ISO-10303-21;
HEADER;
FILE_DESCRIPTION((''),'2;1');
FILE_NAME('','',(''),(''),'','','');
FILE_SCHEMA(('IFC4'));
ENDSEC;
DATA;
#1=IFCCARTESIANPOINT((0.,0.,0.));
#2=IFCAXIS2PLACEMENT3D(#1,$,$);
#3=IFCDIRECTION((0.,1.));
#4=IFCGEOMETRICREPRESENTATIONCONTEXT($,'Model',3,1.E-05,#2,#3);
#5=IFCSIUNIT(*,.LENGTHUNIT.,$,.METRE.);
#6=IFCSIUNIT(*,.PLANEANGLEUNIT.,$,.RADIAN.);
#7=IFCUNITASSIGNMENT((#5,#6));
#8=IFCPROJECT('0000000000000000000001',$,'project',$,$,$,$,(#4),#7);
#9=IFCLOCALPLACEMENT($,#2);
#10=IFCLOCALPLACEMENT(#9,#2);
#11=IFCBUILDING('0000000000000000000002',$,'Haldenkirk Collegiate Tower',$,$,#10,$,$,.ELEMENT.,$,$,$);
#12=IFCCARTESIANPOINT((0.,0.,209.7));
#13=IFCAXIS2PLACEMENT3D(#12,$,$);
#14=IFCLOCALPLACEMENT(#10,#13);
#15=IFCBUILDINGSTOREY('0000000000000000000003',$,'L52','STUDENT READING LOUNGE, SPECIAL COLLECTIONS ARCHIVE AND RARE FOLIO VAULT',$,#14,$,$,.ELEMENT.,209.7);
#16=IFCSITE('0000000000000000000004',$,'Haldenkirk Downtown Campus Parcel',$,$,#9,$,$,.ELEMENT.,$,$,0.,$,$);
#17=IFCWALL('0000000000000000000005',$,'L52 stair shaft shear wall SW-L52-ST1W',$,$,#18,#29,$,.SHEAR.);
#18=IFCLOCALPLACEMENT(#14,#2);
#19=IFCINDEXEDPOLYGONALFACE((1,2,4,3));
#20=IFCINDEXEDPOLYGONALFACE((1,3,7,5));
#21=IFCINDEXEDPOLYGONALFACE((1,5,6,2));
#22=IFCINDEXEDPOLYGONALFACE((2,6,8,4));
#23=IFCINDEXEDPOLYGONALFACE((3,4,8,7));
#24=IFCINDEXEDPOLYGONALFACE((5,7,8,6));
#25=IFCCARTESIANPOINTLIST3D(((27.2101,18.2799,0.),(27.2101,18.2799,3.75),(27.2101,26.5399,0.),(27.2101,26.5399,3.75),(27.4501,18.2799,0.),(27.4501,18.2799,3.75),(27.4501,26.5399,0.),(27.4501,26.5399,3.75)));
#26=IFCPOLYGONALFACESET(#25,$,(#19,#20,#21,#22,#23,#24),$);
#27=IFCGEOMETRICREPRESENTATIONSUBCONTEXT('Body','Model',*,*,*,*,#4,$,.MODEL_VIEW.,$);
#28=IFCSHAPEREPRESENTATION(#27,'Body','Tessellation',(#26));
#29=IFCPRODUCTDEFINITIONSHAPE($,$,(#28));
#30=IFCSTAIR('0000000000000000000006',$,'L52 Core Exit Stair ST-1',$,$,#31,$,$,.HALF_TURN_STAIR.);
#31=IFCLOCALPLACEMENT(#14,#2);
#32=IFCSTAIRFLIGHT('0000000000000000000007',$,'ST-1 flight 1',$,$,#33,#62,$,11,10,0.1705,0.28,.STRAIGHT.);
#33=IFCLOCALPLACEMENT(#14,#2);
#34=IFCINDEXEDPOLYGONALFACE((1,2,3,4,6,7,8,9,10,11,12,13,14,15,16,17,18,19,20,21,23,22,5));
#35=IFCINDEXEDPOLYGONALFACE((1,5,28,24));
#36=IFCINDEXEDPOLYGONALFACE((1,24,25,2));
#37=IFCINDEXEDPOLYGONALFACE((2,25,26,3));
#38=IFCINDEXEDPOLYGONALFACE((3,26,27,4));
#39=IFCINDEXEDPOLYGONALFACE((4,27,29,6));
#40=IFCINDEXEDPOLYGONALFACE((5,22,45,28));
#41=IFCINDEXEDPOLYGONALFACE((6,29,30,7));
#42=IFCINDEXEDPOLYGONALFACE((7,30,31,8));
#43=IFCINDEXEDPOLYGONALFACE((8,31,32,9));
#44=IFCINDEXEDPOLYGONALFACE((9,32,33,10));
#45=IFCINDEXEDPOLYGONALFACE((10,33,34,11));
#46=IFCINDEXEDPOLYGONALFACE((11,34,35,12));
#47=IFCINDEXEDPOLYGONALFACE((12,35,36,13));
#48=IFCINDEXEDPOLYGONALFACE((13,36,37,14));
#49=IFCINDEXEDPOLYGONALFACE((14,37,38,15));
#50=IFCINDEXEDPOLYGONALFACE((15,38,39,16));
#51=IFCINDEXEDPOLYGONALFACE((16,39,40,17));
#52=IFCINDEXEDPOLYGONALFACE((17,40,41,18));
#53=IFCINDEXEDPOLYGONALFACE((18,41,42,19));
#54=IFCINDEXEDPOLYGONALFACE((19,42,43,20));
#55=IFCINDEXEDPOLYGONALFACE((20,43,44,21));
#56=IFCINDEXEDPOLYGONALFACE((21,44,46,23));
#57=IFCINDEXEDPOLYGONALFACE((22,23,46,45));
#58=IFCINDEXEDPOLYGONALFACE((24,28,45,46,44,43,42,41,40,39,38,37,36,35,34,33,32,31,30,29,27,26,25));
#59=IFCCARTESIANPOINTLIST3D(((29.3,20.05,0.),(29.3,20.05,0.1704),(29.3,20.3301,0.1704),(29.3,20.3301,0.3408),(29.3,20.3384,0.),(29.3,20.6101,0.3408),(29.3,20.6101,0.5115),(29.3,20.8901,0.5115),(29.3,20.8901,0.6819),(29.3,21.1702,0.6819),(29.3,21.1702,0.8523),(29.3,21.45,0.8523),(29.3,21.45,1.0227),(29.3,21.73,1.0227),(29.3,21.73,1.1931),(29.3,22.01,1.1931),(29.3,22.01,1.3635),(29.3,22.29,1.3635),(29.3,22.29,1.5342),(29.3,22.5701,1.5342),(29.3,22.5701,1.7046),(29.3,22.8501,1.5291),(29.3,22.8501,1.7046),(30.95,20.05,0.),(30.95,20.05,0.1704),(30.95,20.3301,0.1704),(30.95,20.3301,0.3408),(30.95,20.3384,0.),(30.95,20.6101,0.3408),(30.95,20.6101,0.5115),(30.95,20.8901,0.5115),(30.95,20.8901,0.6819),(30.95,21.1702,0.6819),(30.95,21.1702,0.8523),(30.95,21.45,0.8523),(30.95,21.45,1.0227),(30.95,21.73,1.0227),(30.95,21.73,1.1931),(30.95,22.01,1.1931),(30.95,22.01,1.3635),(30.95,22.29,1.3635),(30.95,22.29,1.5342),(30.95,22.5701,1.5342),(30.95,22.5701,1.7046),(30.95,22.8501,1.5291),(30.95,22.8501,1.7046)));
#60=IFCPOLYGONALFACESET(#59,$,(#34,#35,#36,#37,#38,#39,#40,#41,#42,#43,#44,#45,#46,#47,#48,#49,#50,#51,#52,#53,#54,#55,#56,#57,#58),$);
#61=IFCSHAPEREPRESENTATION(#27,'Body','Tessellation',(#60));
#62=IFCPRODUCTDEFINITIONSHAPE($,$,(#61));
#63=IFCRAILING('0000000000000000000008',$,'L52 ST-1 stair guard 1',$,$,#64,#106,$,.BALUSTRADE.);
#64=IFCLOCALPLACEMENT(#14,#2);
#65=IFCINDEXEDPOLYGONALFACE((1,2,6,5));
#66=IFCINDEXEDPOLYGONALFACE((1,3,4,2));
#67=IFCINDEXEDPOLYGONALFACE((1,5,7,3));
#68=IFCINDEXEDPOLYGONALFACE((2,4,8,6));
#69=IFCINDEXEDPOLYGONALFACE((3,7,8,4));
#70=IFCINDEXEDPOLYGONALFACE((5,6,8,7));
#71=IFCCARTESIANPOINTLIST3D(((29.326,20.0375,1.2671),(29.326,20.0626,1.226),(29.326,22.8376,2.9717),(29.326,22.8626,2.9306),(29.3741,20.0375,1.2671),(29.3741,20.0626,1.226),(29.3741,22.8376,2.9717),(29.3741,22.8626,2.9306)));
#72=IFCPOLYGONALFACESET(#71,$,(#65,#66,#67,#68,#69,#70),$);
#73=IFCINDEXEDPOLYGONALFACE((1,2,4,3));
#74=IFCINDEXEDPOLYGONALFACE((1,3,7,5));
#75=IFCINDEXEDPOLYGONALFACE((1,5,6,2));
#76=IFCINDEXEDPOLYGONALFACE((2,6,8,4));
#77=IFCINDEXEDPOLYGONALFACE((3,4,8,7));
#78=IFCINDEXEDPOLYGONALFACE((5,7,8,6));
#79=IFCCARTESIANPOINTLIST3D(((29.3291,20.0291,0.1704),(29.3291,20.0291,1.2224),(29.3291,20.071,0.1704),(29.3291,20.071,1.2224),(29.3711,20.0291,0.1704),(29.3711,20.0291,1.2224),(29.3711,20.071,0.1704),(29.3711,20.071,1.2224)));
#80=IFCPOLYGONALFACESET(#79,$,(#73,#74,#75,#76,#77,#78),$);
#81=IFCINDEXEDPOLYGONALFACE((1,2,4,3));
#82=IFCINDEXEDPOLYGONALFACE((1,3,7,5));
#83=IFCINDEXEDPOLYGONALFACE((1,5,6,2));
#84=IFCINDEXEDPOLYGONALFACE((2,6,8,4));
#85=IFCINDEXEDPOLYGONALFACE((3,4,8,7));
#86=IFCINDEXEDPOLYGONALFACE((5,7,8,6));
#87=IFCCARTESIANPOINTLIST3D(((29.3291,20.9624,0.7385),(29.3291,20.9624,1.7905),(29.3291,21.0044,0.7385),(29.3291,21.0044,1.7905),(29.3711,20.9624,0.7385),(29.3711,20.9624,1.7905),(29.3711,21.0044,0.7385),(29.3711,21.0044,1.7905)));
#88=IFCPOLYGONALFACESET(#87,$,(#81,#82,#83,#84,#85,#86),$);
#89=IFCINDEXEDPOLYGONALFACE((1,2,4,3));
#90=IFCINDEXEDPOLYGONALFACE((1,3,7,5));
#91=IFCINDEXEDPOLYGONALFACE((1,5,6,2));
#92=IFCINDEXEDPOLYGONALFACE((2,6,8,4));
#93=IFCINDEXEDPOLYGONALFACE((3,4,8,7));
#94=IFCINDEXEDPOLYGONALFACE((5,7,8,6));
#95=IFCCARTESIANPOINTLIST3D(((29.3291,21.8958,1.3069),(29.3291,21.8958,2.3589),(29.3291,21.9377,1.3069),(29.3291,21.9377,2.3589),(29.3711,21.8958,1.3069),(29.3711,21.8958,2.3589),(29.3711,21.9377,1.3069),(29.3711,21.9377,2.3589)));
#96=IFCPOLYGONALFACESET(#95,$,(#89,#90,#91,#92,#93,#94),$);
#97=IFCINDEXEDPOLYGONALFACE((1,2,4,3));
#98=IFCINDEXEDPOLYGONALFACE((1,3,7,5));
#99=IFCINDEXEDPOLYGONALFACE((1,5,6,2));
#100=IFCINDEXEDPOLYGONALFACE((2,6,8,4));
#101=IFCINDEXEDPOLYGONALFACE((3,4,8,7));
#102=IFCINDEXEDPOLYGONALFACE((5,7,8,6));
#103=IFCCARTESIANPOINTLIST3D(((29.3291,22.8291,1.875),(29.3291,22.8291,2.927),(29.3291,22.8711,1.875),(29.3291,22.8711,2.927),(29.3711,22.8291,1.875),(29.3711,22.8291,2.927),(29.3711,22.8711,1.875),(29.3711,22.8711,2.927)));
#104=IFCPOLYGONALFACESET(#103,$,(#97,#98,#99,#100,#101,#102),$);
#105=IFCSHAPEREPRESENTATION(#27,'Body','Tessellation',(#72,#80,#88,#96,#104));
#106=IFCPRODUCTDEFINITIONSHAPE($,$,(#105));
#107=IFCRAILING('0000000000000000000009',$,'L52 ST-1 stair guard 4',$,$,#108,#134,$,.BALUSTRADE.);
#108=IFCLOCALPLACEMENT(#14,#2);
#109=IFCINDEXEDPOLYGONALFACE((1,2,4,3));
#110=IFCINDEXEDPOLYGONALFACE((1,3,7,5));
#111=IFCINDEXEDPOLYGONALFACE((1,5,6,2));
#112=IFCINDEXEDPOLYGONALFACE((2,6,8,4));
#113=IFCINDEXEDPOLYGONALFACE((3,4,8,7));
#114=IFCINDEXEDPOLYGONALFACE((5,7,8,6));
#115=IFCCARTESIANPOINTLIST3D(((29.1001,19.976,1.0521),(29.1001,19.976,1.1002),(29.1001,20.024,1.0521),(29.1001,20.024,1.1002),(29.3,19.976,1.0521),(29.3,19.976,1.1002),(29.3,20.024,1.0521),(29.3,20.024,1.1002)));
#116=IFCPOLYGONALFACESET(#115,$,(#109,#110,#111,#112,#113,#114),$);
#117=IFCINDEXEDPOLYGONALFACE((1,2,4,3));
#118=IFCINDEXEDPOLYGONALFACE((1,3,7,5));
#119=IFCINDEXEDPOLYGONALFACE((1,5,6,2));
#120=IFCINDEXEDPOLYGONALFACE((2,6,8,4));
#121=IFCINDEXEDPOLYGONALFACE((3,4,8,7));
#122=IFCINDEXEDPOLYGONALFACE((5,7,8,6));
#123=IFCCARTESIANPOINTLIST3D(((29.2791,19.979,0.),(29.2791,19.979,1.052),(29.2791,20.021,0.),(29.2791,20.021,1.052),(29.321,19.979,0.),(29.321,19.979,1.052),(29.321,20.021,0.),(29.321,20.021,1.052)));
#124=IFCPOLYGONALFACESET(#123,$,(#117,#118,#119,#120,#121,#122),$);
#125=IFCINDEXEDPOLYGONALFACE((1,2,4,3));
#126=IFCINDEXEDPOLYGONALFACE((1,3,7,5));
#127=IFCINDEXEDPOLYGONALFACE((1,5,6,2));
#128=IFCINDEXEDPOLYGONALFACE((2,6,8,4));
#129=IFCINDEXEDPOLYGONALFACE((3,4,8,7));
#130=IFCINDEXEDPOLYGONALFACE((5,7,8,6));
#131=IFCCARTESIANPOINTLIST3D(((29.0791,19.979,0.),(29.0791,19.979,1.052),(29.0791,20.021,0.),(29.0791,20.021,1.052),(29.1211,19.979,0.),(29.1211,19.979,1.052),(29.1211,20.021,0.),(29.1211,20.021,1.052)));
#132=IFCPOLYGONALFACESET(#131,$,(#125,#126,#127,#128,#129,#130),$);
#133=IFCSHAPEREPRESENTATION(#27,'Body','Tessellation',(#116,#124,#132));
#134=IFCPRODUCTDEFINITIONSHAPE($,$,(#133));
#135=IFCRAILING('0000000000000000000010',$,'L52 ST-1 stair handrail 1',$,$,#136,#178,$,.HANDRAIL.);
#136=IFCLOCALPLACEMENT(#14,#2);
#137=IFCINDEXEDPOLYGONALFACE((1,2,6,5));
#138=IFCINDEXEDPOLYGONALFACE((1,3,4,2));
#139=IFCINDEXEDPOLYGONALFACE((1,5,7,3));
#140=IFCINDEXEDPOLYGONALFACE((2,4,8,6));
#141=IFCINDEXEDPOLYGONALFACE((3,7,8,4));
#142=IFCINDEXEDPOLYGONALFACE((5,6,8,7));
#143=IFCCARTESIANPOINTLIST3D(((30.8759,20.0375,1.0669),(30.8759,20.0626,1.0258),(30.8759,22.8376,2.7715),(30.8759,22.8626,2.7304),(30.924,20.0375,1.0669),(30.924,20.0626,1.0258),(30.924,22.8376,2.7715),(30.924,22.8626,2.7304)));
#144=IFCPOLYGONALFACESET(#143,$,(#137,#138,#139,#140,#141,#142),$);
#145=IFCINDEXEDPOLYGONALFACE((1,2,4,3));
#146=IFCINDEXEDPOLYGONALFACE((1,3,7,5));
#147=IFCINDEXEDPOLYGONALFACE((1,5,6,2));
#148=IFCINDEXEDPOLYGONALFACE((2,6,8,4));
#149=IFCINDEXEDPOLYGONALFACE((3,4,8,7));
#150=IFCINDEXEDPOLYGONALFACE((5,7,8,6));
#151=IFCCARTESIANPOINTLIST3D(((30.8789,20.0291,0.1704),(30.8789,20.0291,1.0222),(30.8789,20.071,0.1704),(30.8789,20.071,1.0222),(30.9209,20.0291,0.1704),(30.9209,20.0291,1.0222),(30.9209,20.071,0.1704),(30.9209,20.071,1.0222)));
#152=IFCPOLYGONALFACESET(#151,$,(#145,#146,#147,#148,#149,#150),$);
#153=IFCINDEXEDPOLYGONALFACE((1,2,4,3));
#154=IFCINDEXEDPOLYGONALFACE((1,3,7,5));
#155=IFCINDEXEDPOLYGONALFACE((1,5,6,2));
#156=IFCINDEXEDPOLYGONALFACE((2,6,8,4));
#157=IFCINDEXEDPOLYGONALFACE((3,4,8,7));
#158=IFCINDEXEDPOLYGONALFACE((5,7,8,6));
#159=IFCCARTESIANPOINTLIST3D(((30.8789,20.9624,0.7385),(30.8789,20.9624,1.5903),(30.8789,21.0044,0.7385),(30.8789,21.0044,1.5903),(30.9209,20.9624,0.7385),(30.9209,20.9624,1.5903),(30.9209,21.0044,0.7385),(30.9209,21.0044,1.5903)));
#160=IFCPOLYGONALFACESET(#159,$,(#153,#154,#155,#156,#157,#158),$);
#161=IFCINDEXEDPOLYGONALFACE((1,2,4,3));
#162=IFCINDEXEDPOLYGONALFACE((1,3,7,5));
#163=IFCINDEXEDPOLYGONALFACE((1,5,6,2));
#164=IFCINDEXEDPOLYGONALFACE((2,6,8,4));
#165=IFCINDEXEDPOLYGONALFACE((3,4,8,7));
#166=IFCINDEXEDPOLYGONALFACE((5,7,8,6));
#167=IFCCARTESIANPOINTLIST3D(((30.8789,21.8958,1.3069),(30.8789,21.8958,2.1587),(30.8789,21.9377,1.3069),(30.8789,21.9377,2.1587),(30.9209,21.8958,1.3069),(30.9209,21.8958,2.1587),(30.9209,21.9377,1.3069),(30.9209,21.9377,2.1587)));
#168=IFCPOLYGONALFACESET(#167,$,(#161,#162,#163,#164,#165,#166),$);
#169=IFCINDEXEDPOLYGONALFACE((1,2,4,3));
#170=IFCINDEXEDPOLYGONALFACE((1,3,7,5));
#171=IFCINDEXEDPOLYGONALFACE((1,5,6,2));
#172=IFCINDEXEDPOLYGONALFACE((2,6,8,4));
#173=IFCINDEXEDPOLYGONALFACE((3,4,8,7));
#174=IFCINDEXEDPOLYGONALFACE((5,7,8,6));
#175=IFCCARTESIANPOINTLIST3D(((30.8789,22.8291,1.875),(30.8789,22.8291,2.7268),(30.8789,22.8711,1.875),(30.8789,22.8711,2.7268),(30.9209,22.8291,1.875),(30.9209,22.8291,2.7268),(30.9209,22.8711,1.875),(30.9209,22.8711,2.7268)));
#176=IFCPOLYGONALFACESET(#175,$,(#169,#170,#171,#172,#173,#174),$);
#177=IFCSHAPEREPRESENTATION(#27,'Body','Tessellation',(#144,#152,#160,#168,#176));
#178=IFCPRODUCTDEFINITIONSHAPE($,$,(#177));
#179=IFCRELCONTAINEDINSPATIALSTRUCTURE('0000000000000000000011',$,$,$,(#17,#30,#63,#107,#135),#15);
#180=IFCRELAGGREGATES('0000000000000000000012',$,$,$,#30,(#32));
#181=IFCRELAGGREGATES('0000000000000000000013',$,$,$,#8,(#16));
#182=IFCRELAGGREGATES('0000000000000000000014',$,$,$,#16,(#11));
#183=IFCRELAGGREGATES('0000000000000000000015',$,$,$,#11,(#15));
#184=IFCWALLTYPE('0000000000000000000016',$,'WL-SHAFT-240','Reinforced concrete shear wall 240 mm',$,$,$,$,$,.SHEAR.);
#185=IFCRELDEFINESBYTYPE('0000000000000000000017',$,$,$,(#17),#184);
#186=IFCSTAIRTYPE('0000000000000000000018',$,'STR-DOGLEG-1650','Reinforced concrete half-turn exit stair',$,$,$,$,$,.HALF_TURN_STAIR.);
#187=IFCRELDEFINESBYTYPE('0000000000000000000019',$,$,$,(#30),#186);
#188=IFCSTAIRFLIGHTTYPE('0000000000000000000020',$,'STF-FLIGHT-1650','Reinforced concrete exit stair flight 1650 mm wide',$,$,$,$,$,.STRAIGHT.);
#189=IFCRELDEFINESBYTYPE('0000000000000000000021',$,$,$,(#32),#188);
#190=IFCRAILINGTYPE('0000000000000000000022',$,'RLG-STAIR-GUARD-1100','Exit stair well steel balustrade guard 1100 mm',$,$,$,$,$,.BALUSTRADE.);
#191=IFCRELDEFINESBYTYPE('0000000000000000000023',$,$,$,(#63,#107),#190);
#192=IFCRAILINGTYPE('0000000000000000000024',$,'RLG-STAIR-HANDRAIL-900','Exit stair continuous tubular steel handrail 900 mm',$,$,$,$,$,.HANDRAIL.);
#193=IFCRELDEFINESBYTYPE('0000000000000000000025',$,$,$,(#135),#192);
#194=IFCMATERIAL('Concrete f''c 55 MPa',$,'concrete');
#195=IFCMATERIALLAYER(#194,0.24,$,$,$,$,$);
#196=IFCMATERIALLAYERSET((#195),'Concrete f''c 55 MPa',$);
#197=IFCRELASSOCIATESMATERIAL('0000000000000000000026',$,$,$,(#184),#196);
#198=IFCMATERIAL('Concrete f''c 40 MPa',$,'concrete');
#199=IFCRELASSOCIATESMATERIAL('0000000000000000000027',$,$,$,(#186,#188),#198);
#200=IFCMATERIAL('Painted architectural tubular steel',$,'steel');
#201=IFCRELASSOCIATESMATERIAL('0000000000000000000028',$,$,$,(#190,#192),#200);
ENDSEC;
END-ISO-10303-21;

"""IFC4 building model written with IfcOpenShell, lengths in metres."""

from ifc_helpers import new_model, si_unit, direction, frame, frame_2d, origin, origin_2d, place, context, subcontext, project, spatial, polyline, rectangle, outline, extrude, material, layer, layer_set, type_object, element, aggregate, save


model = new_model("IFC4")

# Units and contexts
model_context = context("Model", 3, precision=1e-05, world=origin(), true_north=direction((0.0, 1.0)))
body_context = subcontext(model_context, "Body", "Model", "MODEL_VIEW")
ifc_project = project(units=[si_unit("LENGTHUNIT", "METRE"), si_unit("PLANEANGLEUNIT", "RADIAN")], contexts=[model_context])

# Site, building, storey
site_placement = place(None, origin())
site = spatial("IfcSite", under=ifc_project, at=site_placement, Name="Haldenkirk Downtown Campus Parcel", CompositionType="ELEMENT", RefElevation=0.0)
building_placement = place(site_placement, origin())
building = spatial("IfcBuilding", under=site, at=building_placement, Name="Haldenkirk Collegiate Tower", CompositionType="ELEMENT")
storey_placement = place(building_placement, frame((0.0, 0.0, 209.7)))
storey = spatial("IfcBuildingStorey", under=building, at=storey_placement, Name="L52", Description="STUDENT READING LOUNGE, SPECIAL COLLECTIONS ARCHIVE AND RARE FOLIO VAULT", CompositionType="ELEMENT", Elevation=209.7)

# Shared definitions
ifc_material_1 = material(Name="Concrete f'c 55 MPa", Category="concrete")

# Shared definitions
ifc_layer_1 = layer(ifc_material_1, 0.24)
ifc_layer_set_1 = layer_set([ifc_layer_1], Name="Concrete f'c 55 MPa")
wall_type_1 = type_object("IfcWallType", Name="WL-SHAFT-240", Description="Reinforced concrete shear wall 240 mm", PredefinedType="SHEAR", material=ifc_layer_set_1)

# Wall
wall_1_placement = place(storey_placement, frame((27.3301, 18.28, 0.0), z_axis=(0.0, 0.0, 1.0), x_axis=(0.0, 1.0, 0.0)))
element("IfcWall", 1, at=wall_1_placement, inside=storey, type_object=wall_type_1, Name="L52 stair shaft shear wall SW-L52-ST1W", PredefinedType="SHEAR", context=body_context, shape_type="SweptSolid", body=[
    extrude(rectangle(XDim=8.26, YDim=0.24, at=frame_2d((4.1299, 0.0))), origin(), (0.0, 0.0, 1.0), 3.75),
])

# Stair, stair flight
ifc_material_2 = material(Name="Concrete f'c 40 MPa", Category="concrete")
stair_type = type_object("IfcStairType", Name="STR-DOGLEG-1650", Description="Reinforced concrete half-turn exit stair", PredefinedType="HALF_TURN_STAIR", material=ifc_material_2)
stair_placement = place(storey_placement, origin())
stair = element("IfcStair", 2, at=stair_placement, inside=storey, type_object=stair_type, Name="L52 Core Exit Stair ST-1", PredefinedType="HALF_TURN_STAIR")
stair_flight_type = type_object("IfcStairFlightType", Name="STF-FLIGHT-1650", Description="Reinforced concrete exit stair flight 1650 mm wide", PredefinedType="STRAIGHT", material=ifc_material_2)
stair_flight_placement = place(storey_placement, frame((30.125, 20.05, 0.0), z_axis=(0.0, 0.0, 1.0), x_axis=(0.0, 1.0, 0.0)))
stair_flight = element("IfcStairFlight", 3, at=stair_flight_placement, type_object=stair_flight_type, Name="ST-1 flight 1", NumberOfRisers=11, NumberOfTreads=10, PredefinedType="STRAIGHT", RiserHeight=0.1705, TreadLength=0.28, context=body_context, shape_type="SweptSolid", body=[
    extrude(outline(polyline([(0.0, 0.0), (0.0, 0.1704), (0.28, 0.1704), (0.28, 0.3408), (0.5601, 0.3408), (0.5601, 0.5115), (0.8401, 0.5115), (0.8401, 0.6819), (1.1201, 0.6819), (1.1201, 0.8523), (1.3999, 0.8523), (1.3999, 1.0227), (1.6799, 1.0227), (1.6799, 1.1931), (1.96, 1.1931), (1.96, 1.3635), (2.24, 1.3635), (2.24, 1.5342), (2.52, 1.5342), (2.52, 1.7046), (2.8, 1.7046), (2.8, 1.875), (2.8, 1.5291), (0.2883, 0.0), (0.0, 0.0)])), frame((0.0, 0.825, 0.0), z_axis=(0.0, -1.0, 0.0), x_axis=(1.0, 0.0, 0.0)), (0.0, 0.0, 1.0), 1.6499),
])
aggregate(stair, [stair_flight])

# Railings
ifc_material_3 = material(Name="Painted architectural tubular steel", Category="steel")
railing_type_1 = type_object("IfcRailingType", Name="RLG-STAIR-GUARD-1100", Description="Exit stair well steel balustrade guard 1100 mm", PredefinedType="BALUSTRADE", material=ifc_material_3)
railing_1_placement = place(storey_placement, frame((29.3501, 20.05, 0.1704)))
element("IfcRailing", 4, at=railing_1_placement, inside=storey, type_object=railing_type_1, Name="L52 ST-1 stair guard 1", PredefinedType="BALUSTRADE", context=body_context, shape_type="SweptSolid", body=[
    extrude(rectangle(XDim=0.0481, YDim=0.0481, at=origin_2d()), frame((0.0, 0.0, 1.0762), z_axis=(0.0, 0.85417, 0.519994), x_axis=(-1.0, 0.0, 0.0)), (0.0, 0.0, 1.0), 3.2781),
    extrude(rectangle(XDim=0.042, YDim=0.042, at=origin_2d()), origin(), (0.0, 0.0, 1.0), 1.052),
    extrude(rectangle(XDim=0.042, YDim=0.042, at=origin_2d()), frame((0.0, 0.9333, 0.5681)), (0.0, 0.0, 1.0), 1.052),
    extrude(rectangle(XDim=0.042, YDim=0.042, at=origin_2d()), frame((0.0, 1.8667, 1.1365)), (0.0, 0.0, 1.0), 1.052),
    extrude(rectangle(XDim=0.042, YDim=0.042, at=origin_2d()), frame((0.0, 2.8, 1.7046)), (0.0, 0.0, 1.0), 1.052),
])
railing_2_placement = place(storey_placement, frame((29.3, 20.0, 0.0)))
element("IfcRailing", 5, at=railing_2_placement, inside=storey, type_object=railing_type_1, Name="L52 ST-1 stair guard 4", PredefinedType="BALUSTRADE", context=body_context, shape_type="SweptSolid", body=[
    extrude(rectangle(XDim=0.0481, YDim=0.0481, at=origin_2d()), frame((0.0, 0.0, 1.0762), z_axis=(-1.0, 0.0, 0.0), x_axis=(0.0, -1.0, 0.0)), (0.0, 0.0, 1.0), 0.2),
    extrude(rectangle(XDim=0.042, YDim=0.042, at=origin_2d()), origin(), (0.0, 0.0, 1.0), 1.052),
    extrude(rectangle(XDim=0.042, YDim=0.042, at=origin_2d()), frame((-0.2, 0.0, 0.0)), (0.0, 0.0, 1.0), 1.052),
])
railing_type_2 = type_object("IfcRailingType", Name="RLG-STAIR-HANDRAIL-900", Description="Exit stair continuous tubular steel handrail 900 mm", PredefinedType="HANDRAIL", material=ifc_material_3)
railing_3_placement = place(storey_placement, frame((30.8999, 20.05, 0.1704)))
element("IfcRailing", 6, at=railing_3_placement, inside=storey, type_object=railing_type_2, Name="L52 ST-1 stair handrail 1", PredefinedType="HANDRAIL", context=body_context, shape_type="SweptSolid", body=[
    extrude(rectangle(XDim=0.0481, YDim=0.0481, at=origin_2d()), frame((0.0, 0.0, 0.876), z_axis=(0.0, 0.85417, 0.519994), x_axis=(-1.0, 0.0, 0.0)), (0.0, 0.0, 1.0), 3.2781),
    extrude(rectangle(XDim=0.042, YDim=0.042, at=origin_2d()), origin(), (0.0, 0.0, 1.0), 0.8518),
    extrude(rectangle(XDim=0.042, YDim=0.042, at=origin_2d()), frame((0.0, 0.9333, 0.5681)), (0.0, 0.0, 1.0), 0.8518),
    extrude(rectangle(XDim=0.042, YDim=0.042, at=origin_2d()), frame((0.0, 1.8667, 1.1365)), (0.0, 0.0, 1.0), 0.8518),
    extrude(rectangle(XDim=0.042, YDim=0.042, at=origin_2d()), frame((0.0, 2.8, 1.7046)), (0.0, 0.0, 1.0), 0.8518),
])

save(model, "model.ifc")
